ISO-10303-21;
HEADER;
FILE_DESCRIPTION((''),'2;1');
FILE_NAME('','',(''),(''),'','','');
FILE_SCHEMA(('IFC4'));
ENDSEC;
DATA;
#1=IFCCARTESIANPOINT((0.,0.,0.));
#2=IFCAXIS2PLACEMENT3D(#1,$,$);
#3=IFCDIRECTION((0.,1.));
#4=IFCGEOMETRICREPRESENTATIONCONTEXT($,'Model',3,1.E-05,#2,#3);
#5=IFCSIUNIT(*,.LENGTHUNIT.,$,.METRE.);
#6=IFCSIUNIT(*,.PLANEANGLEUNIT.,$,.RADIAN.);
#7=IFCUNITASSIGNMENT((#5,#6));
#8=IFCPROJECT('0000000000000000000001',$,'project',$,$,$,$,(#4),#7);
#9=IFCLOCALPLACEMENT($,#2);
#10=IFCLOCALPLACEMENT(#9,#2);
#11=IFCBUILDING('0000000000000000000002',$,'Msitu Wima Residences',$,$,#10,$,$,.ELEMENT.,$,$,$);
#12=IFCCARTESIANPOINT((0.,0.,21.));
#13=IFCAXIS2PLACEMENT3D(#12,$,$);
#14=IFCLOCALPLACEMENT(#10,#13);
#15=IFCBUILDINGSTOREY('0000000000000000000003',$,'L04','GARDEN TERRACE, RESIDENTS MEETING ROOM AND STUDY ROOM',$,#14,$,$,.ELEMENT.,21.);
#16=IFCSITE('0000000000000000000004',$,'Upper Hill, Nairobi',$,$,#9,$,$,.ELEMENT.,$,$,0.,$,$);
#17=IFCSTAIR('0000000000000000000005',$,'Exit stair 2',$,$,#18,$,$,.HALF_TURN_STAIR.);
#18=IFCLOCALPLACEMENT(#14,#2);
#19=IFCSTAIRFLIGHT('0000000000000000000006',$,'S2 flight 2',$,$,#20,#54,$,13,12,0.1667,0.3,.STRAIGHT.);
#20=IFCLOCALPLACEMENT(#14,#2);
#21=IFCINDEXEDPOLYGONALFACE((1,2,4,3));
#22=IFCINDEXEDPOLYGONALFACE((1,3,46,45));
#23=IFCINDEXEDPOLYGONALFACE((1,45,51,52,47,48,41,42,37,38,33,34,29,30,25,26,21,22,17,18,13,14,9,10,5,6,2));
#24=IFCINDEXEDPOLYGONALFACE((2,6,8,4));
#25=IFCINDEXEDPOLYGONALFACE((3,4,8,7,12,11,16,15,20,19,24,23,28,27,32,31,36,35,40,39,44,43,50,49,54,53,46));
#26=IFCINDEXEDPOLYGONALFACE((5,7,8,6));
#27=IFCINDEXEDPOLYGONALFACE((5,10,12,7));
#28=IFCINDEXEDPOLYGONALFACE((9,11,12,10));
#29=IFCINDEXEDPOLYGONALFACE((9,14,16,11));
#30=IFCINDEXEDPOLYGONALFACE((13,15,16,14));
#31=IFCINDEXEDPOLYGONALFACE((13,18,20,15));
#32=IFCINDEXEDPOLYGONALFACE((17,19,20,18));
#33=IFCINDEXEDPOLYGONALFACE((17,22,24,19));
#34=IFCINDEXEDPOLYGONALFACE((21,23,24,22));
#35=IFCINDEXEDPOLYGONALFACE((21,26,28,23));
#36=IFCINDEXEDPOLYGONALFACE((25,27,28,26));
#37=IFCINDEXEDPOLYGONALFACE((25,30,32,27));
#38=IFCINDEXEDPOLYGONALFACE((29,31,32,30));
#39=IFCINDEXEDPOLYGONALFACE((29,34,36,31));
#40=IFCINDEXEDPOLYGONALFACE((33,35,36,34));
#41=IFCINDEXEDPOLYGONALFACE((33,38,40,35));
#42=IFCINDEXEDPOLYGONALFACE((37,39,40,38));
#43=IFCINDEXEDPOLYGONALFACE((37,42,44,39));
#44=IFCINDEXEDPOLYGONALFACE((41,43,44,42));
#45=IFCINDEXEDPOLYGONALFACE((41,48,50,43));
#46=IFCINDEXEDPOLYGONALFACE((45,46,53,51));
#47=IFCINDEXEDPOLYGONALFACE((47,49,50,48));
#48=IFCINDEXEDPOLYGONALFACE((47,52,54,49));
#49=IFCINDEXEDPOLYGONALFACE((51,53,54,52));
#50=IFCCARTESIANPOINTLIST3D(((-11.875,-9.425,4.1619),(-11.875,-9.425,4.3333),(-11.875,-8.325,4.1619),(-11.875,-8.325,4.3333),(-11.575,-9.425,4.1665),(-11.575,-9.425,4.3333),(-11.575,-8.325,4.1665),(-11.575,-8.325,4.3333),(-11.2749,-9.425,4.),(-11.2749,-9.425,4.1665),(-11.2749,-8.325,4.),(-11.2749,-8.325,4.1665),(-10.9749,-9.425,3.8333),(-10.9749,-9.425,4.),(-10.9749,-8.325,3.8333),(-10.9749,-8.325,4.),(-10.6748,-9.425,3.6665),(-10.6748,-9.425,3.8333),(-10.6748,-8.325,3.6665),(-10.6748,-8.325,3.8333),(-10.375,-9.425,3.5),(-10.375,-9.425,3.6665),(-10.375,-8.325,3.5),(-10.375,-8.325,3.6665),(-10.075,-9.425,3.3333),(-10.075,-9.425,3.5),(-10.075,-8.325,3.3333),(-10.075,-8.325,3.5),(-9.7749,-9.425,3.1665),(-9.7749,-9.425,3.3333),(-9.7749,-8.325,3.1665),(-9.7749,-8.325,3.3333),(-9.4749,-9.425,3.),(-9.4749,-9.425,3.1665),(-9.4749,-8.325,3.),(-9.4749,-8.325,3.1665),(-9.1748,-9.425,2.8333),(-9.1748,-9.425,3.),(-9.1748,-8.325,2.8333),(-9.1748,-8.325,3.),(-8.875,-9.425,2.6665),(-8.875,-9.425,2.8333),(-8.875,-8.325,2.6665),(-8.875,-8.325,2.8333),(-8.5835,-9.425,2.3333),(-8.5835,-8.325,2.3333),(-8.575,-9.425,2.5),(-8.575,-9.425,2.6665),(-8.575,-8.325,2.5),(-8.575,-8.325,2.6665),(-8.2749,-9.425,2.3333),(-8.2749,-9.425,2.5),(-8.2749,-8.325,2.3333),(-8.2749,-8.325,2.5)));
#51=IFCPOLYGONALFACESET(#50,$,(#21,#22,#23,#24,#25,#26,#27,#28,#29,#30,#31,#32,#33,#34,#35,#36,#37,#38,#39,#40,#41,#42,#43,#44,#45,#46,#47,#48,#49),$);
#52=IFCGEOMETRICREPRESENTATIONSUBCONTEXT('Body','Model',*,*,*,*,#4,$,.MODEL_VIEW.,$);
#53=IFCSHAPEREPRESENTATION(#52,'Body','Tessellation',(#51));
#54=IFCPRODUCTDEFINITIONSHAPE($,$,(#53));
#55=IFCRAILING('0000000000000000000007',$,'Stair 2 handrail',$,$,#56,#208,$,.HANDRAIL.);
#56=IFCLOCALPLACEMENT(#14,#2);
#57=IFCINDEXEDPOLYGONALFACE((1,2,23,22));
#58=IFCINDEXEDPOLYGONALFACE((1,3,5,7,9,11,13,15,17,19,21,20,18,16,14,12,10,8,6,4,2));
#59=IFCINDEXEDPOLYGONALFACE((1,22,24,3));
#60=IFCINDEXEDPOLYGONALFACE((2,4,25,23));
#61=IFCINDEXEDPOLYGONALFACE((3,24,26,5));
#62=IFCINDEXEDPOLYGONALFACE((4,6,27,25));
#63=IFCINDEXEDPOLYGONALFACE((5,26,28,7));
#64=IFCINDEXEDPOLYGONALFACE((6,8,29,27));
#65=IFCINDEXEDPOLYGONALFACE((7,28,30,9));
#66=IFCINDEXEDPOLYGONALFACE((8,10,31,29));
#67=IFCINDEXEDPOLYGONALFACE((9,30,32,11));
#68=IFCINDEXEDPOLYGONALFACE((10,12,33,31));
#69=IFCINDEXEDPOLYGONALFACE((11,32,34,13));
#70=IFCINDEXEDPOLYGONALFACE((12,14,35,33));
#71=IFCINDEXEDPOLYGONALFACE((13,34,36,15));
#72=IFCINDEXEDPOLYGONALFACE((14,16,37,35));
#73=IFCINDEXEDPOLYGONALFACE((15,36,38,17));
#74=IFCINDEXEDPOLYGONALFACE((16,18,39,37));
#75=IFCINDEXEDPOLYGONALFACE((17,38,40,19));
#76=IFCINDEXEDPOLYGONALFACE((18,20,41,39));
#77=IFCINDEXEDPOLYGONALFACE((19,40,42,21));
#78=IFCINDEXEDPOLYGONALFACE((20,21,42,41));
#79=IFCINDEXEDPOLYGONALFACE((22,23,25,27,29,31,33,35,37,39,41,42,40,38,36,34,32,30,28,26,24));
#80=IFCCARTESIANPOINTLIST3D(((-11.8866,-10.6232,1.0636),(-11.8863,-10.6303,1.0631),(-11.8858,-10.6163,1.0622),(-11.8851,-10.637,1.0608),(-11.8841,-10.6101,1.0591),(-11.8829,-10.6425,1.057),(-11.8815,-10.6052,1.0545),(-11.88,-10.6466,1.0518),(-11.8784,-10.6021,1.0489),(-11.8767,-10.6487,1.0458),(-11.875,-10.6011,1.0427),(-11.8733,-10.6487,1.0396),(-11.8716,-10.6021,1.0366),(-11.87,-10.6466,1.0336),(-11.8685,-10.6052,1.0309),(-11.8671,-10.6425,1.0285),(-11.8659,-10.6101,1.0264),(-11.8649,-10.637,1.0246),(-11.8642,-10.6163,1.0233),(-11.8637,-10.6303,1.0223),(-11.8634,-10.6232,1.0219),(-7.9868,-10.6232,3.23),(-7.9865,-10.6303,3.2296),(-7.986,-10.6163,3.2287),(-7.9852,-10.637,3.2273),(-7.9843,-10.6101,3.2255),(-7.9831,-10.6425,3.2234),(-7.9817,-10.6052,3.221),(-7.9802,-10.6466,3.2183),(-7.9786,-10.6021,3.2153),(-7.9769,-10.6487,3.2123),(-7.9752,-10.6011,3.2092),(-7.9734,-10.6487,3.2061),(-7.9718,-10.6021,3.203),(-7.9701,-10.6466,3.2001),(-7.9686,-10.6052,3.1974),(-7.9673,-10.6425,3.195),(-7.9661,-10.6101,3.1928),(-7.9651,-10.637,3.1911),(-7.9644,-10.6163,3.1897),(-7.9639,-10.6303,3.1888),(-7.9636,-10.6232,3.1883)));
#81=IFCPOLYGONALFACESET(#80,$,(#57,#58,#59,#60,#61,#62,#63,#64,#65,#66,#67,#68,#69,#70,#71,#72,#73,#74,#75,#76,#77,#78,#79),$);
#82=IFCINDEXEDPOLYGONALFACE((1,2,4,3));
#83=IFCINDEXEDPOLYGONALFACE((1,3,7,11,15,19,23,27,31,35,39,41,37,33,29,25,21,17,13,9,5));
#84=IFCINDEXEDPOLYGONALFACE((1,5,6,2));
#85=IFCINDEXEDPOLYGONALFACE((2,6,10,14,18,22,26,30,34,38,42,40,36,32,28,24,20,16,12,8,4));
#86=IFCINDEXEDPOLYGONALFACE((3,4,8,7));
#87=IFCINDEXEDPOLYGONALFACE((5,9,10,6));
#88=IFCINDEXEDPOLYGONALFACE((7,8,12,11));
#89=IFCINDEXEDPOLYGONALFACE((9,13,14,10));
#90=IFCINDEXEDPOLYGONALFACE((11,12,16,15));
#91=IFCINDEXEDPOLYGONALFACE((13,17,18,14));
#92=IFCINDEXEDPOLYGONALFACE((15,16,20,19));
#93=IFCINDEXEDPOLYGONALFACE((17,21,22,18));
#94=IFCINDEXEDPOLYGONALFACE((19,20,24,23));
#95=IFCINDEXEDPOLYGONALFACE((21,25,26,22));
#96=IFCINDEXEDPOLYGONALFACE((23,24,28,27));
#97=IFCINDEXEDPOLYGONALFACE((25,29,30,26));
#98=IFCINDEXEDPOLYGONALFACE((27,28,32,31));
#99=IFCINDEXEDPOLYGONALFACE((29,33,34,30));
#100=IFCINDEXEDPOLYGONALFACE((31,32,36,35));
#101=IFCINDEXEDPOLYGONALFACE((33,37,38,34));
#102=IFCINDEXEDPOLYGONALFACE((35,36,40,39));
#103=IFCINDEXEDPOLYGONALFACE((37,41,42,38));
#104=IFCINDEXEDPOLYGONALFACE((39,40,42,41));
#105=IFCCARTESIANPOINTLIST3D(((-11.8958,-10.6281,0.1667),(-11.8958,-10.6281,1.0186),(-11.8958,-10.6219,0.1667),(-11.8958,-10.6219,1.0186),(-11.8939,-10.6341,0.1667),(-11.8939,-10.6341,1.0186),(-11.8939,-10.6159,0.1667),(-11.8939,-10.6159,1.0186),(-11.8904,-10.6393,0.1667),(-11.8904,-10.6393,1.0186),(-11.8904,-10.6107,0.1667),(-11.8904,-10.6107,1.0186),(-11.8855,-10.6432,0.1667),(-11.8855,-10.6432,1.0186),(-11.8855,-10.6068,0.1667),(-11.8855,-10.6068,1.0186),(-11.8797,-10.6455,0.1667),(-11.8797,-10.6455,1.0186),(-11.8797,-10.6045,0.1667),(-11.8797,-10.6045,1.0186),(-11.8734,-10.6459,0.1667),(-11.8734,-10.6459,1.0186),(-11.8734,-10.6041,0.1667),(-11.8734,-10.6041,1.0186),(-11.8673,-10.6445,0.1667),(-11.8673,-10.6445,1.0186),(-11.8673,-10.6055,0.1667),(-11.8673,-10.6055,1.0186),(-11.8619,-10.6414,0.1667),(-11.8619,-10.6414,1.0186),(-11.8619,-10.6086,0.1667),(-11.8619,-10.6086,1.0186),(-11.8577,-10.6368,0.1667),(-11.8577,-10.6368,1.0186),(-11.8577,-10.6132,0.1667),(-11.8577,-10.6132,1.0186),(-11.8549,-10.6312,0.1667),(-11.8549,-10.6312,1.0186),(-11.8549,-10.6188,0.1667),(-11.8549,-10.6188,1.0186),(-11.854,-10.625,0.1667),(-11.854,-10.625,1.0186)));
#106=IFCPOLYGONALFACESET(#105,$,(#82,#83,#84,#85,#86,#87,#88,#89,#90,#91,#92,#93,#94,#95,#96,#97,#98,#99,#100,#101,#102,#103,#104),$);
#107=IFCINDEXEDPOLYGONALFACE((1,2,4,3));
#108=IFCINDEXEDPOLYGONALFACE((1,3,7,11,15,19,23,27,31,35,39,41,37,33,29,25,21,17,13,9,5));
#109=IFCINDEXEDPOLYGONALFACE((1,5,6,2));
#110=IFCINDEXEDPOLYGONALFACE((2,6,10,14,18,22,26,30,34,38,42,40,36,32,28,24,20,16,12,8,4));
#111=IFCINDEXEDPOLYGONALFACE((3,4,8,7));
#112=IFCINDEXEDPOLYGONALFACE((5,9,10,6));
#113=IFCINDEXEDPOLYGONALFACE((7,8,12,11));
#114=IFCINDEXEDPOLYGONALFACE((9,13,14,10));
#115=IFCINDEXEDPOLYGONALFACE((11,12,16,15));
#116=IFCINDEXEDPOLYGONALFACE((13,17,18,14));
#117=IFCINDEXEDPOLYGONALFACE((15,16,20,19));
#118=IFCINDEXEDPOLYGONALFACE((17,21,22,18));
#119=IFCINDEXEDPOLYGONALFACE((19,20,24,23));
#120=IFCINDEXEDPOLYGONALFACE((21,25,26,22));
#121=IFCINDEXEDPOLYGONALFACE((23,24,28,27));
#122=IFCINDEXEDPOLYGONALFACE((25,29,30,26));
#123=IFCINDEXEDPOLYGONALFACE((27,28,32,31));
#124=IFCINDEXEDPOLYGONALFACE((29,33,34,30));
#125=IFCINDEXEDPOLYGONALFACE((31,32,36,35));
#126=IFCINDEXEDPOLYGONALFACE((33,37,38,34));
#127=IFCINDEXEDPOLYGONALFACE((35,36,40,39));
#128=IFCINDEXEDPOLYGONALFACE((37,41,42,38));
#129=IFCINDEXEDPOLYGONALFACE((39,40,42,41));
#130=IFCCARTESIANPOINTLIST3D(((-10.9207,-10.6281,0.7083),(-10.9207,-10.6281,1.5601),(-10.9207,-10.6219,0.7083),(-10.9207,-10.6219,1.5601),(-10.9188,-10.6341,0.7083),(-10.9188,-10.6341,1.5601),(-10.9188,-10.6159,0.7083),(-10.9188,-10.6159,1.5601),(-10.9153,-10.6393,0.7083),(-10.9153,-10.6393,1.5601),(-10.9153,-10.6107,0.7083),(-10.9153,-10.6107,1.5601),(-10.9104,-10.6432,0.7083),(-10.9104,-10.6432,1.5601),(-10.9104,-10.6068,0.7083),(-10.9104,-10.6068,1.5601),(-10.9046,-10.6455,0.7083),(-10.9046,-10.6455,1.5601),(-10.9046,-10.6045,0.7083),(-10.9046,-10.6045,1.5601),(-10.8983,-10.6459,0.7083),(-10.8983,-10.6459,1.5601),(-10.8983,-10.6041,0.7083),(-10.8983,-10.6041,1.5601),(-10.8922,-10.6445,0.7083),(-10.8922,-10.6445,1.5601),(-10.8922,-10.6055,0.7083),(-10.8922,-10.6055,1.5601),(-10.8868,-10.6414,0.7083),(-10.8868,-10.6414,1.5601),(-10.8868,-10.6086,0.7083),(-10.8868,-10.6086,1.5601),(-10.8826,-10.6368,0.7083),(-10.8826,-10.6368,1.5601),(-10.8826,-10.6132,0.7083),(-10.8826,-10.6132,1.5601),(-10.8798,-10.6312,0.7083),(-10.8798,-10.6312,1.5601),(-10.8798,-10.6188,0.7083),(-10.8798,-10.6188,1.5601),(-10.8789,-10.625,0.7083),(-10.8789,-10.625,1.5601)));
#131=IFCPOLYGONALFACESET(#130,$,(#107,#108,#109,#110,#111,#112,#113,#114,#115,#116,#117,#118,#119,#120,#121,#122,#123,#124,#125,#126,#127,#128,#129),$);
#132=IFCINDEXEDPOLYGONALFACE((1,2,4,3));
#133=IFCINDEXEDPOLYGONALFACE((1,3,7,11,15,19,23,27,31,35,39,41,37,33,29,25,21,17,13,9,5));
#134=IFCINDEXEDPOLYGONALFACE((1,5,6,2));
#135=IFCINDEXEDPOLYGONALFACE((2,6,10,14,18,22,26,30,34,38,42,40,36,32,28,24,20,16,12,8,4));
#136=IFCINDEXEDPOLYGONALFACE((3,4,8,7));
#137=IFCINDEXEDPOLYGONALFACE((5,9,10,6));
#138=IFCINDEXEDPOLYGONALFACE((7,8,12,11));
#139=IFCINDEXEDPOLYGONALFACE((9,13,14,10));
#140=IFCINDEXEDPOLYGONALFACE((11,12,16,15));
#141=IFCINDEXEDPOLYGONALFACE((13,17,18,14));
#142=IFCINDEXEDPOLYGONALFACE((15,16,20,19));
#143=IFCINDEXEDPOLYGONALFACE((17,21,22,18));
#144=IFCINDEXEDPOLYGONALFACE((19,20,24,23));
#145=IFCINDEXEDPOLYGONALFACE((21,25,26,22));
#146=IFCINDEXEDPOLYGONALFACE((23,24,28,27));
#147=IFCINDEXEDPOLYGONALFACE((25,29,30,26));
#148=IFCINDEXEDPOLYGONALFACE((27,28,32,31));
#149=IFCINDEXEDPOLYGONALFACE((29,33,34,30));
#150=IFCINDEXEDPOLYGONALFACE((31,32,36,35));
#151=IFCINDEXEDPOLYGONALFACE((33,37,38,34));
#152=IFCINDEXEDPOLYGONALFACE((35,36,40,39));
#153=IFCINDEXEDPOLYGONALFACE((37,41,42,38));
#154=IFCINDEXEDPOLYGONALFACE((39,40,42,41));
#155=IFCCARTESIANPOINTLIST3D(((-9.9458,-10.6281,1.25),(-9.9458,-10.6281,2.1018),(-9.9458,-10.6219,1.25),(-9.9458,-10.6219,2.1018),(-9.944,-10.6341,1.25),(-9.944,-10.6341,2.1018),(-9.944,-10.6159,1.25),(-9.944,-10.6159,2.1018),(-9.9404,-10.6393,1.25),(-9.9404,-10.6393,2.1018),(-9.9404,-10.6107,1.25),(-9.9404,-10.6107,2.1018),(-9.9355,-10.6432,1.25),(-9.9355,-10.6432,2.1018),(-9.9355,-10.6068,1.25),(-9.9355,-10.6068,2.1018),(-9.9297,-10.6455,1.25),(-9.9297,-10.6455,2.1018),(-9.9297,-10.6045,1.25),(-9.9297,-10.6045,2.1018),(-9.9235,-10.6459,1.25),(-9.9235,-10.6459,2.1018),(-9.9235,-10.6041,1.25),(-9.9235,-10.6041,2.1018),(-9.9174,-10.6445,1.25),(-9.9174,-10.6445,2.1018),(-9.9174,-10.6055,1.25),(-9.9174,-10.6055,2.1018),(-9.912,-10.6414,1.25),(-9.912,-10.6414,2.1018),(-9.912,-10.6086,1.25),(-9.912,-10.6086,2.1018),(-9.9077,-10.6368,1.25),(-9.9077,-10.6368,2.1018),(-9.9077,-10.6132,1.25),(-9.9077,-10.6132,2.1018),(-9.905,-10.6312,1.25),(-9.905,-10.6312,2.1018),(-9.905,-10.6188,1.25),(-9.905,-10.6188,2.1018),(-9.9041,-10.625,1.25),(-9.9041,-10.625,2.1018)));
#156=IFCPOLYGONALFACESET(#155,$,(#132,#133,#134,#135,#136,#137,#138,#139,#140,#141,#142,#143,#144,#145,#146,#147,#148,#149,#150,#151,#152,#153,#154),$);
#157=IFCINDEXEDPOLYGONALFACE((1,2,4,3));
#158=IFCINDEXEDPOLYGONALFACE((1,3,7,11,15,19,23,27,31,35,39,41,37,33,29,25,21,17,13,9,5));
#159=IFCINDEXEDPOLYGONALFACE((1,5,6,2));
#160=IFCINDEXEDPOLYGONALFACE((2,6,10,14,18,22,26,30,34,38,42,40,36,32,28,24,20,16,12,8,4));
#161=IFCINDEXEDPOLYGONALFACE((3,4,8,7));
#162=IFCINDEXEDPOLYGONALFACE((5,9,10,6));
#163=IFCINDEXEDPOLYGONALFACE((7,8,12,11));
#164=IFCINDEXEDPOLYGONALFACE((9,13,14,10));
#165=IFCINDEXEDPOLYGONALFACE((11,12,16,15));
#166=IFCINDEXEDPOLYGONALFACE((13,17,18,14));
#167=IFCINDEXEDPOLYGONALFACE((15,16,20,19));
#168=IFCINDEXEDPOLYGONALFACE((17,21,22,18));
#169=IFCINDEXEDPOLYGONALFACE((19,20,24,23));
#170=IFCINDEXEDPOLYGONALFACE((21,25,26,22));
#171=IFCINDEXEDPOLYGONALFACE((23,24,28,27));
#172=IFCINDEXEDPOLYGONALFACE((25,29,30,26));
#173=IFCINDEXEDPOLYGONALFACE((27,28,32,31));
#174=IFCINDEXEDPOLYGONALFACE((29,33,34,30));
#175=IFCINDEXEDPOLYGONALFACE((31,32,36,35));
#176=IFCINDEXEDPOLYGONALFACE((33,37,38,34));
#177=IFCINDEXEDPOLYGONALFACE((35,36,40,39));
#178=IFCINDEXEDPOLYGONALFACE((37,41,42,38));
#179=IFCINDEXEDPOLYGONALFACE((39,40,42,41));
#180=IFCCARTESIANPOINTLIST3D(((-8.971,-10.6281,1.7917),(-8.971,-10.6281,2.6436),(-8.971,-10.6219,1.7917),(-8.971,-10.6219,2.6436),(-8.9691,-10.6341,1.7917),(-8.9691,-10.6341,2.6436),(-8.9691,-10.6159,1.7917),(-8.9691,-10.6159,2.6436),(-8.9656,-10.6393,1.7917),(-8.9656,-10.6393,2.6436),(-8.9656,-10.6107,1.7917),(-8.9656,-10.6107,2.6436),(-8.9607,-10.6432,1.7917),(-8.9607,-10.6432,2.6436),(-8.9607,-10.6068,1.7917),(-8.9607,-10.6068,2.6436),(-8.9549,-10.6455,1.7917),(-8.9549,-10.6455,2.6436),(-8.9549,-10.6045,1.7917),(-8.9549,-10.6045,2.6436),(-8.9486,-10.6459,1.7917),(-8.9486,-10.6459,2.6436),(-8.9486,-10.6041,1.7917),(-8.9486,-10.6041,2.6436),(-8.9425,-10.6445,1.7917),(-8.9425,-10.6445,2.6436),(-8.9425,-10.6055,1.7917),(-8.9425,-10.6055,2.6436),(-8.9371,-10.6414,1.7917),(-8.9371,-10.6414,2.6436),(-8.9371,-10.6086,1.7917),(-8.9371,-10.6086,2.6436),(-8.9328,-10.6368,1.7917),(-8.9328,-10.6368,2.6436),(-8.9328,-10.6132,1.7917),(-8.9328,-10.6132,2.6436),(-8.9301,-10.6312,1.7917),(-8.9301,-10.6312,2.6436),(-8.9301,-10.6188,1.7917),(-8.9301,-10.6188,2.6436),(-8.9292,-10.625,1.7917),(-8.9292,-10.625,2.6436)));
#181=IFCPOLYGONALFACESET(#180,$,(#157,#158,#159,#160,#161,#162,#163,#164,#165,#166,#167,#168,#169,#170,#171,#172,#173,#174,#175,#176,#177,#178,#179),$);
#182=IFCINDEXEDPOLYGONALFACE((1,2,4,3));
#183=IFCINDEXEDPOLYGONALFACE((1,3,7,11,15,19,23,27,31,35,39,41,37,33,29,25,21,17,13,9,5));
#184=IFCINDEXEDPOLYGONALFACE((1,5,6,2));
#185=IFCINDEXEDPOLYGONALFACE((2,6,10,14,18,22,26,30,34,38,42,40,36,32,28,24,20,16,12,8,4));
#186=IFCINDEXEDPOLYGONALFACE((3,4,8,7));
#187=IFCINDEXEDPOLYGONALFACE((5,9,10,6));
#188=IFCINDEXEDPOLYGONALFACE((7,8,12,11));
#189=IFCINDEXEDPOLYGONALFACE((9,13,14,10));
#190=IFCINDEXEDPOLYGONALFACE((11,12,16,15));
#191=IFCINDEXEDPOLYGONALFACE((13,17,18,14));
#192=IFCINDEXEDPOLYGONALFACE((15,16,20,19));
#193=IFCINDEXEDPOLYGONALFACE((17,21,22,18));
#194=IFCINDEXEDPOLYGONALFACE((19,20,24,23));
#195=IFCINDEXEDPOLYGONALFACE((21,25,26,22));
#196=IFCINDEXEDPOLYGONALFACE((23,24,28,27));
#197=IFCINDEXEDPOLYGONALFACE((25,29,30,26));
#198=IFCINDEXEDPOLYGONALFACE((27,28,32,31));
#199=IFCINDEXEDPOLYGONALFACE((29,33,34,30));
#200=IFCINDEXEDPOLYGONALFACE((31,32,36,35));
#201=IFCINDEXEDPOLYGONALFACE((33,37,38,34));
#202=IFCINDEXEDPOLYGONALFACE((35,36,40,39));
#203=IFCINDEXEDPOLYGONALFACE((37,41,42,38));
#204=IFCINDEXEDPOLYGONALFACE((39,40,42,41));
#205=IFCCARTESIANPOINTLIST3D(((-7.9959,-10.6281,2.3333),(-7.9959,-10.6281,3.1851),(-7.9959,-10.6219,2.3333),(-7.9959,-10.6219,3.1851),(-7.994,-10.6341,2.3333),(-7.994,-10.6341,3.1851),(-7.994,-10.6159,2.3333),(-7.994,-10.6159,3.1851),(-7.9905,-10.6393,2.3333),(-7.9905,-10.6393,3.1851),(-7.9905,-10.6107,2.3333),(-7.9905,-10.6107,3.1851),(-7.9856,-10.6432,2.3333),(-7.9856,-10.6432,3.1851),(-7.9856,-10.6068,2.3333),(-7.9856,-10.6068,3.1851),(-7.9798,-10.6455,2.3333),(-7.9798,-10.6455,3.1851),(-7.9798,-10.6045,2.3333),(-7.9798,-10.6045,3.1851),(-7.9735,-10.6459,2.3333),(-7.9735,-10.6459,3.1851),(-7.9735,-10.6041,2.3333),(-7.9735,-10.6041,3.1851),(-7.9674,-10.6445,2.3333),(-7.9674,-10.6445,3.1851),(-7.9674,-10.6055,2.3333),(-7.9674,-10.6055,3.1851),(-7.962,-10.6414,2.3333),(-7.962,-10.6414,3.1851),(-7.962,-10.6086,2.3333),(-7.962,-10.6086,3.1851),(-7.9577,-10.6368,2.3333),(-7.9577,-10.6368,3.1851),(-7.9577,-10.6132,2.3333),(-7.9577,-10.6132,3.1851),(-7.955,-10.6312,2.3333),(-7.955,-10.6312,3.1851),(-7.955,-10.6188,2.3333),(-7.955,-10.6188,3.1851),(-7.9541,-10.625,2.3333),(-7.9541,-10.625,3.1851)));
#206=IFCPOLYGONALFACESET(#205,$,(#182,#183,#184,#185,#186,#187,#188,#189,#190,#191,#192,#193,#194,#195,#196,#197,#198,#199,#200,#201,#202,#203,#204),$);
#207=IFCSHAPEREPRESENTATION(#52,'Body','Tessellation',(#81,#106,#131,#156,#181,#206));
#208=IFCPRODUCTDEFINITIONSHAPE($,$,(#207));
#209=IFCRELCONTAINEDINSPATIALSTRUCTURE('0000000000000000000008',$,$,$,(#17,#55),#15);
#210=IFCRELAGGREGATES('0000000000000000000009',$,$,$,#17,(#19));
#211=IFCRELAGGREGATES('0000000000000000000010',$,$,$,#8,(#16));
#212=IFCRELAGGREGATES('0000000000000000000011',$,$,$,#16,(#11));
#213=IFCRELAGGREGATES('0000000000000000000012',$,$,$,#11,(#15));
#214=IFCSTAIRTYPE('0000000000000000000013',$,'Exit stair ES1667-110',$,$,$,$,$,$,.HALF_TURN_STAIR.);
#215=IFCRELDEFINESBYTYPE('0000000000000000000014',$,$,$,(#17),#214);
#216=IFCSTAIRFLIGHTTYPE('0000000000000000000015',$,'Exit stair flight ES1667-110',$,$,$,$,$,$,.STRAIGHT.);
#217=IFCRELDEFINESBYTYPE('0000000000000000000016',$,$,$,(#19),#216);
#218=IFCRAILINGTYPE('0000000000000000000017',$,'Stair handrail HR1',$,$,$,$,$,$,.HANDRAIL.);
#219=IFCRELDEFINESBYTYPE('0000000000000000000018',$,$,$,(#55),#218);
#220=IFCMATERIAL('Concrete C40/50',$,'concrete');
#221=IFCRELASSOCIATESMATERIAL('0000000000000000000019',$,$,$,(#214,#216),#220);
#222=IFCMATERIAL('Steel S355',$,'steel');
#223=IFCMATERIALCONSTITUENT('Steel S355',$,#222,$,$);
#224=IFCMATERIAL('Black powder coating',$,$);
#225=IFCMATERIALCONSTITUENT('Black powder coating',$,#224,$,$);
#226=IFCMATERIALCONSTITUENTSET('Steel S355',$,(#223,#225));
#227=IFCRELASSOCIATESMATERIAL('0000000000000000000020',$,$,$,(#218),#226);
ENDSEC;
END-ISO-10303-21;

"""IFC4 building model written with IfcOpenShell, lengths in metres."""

from ifc_helpers import new_model, si_unit, direction, frame, origin, origin_2d, place, context, subcontext, project, spatial, polyline, circle, outline, extrude, material, constituent, constituent_set, type_object, element, aggregate, save


model = new_model("IFC4")

# Units and contexts
model_context = context("Model", 3, precision=1e-05, world=origin(), true_north=direction((0.0, 1.0)))
body_context = subcontext(model_context, "Body", "Model", "MODEL_VIEW")
ifc_project = project(units=[si_unit("LENGTHUNIT", "METRE"), si_unit("PLANEANGLEUNIT", "RADIAN")], contexts=[model_context])

# Site, building, storey
site_placement = place(None, origin())
site = spatial("IfcSite", under=ifc_project, at=site_placement, Name="Upper Hill, Nairobi", CompositionType="ELEMENT", RefElevation=0.0)
building_placement = place(site_placement, origin())
building = spatial("IfcBuilding", under=site, at=building_placement, Name="Msitu Wima Residences", CompositionType="ELEMENT")
storey_placement = place(building_placement, frame((0.0, 0.0, 21.0)))
storey = spatial("IfcBuildingStorey", under=building, at=storey_placement, Name="L04", Description="GARDEN TERRACE, RESIDENTS MEETING ROOM AND STUDY ROOM", CompositionType="ELEMENT", Elevation=21.0)

# Shared definitions
ifc_material_1 = material(Name="Concrete C40/50", Category="concrete")

# Stair, stair flight
stair_type = type_object("IfcStairType", Name="Exit stair ES1667-110", PredefinedType="HALF_TURN_STAIR", material=ifc_material_1)
stair_placement = place(storey_placement, origin())
stair = element("IfcStair", 1, at=stair_placement, inside=storey, type_object=stair_type, Name="Exit stair 2", PredefinedType="HALF_TURN_STAIR")
stair_flight_type = type_object("IfcStairFlightType", Name="Exit stair flight ES1667-110", PredefinedType="STRAIGHT", material=ifc_material_1)
stair_flight_1_placement = place(storey_placement, frame((-8.2749, -8.875, 2.3333), z_axis=(0.0, 0.0, 1.0), x_axis=(-1.0, 0.0, 0.0)))
stair_flight_1 = element("IfcStairFlight", 2, at=stair_flight_1_placement, type_object=stair_flight_type, Name="S2 flight 2", NumberOfRisers=13, NumberOfTreads=12, PredefinedType="STRAIGHT", RiserHeight=0.1667, TreadLength=0.3, context=body_context, shape_type="SweptSolid", body=[
    extrude(outline(polyline([(0.0, 0.0), (0.0, 0.1667), (0.3, 0.1667), (0.3, 0.3333), (0.6001, 0.3333), (0.6001, 0.5), (0.8999, 0.5), (0.8999, 0.6667), (1.2, 0.6667), (1.2, 0.8333), (1.5, 0.8333), (1.5, 1.0), (1.8, 1.0), (1.8, 1.1667), (2.1001, 1.1667), (2.1001, 1.3333), (2.3999, 1.3333), (2.3999, 1.5), (2.7, 1.5), (2.7, 1.6667), (3.0, 1.6667), (3.0, 1.8333), (3.3, 1.8333), (3.3, 2.0), (3.6001, 2.0), (3.6001, 2.1667), (3.6001, 1.8286), (0.3086, 0.0), (0.0, 0.0)])), frame((0.0, 0.55, 0.0), z_axis=(0.0, -1.0, 0.0), x_axis=(1.0, 0.0, 0.0)), (0.0, 0.0, 1.0), 1.1001),
])
aggregate(stair, [stair_flight_1])

# Railing
ifc_material_2 = material(Name="Steel S355", Category="steel")
ifc_constituent_1 = constituent(ifc_material_2, Name="Steel S355")
ifc_material_3 = material(Name="Black powder coating")
ifc_constituent_2 = constituent(ifc_material_3, Name="Black powder coating")
ifc_constituent_set = constituent_set(constituents=[ifc_constituent_1, ifc_constituent_2], Name="Steel S355")
railing_type = type_object("IfcRailingType", Name="Stair handrail HR1", PredefinedType="HANDRAIL", material=ifc_constituent_set)
for number, where, name in (
    (3, (-11.875, -10.625, 0.1667), "Stair 2 handrail"),
):
    element("IfcRailing", number, at=place(storey_placement, frame(where)), inside=storey, type_object=railing_type, Name=name, PredefinedType="HANDRAIL", context=body_context, shape_type="SweptSolid", body=[
        extrude(circle(Radius=0.0239, at=origin_2d()), frame((0.0, 0.0, 0.876), z_axis=(0.874168, 0.0, 0.485624), x_axis=(0.0, 1.0, 0.0)), (0.0, 0.0, 1.0), 4.4612),
        extrude(circle(Radius=0.021, at=origin_2d()), origin(), (0.0, 0.0, 1.0), 0.8518),
        extrude(circle(Radius=0.021, at=origin_2d()), frame((0.9751, 0.0, 0.5415)), (0.0, 0.0, 1.0), 0.8518),
        extrude(circle(Radius=0.021, at=origin_2d()), frame((1.95, 0.0, 1.0833)), (0.0, 0.0, 1.0), 0.8518),
        extrude(circle(Radius=0.021, at=origin_2d()), frame((2.9248, 0.0, 1.625)), (0.0, 0.0, 1.0), 0.8518),
        extrude(circle(Radius=0.021, at=origin_2d()), frame((3.8999, 0.0, 2.1665)), (0.0, 0.0, 1.0), 0.8518),
    ])

save(model, "model.ifc")
